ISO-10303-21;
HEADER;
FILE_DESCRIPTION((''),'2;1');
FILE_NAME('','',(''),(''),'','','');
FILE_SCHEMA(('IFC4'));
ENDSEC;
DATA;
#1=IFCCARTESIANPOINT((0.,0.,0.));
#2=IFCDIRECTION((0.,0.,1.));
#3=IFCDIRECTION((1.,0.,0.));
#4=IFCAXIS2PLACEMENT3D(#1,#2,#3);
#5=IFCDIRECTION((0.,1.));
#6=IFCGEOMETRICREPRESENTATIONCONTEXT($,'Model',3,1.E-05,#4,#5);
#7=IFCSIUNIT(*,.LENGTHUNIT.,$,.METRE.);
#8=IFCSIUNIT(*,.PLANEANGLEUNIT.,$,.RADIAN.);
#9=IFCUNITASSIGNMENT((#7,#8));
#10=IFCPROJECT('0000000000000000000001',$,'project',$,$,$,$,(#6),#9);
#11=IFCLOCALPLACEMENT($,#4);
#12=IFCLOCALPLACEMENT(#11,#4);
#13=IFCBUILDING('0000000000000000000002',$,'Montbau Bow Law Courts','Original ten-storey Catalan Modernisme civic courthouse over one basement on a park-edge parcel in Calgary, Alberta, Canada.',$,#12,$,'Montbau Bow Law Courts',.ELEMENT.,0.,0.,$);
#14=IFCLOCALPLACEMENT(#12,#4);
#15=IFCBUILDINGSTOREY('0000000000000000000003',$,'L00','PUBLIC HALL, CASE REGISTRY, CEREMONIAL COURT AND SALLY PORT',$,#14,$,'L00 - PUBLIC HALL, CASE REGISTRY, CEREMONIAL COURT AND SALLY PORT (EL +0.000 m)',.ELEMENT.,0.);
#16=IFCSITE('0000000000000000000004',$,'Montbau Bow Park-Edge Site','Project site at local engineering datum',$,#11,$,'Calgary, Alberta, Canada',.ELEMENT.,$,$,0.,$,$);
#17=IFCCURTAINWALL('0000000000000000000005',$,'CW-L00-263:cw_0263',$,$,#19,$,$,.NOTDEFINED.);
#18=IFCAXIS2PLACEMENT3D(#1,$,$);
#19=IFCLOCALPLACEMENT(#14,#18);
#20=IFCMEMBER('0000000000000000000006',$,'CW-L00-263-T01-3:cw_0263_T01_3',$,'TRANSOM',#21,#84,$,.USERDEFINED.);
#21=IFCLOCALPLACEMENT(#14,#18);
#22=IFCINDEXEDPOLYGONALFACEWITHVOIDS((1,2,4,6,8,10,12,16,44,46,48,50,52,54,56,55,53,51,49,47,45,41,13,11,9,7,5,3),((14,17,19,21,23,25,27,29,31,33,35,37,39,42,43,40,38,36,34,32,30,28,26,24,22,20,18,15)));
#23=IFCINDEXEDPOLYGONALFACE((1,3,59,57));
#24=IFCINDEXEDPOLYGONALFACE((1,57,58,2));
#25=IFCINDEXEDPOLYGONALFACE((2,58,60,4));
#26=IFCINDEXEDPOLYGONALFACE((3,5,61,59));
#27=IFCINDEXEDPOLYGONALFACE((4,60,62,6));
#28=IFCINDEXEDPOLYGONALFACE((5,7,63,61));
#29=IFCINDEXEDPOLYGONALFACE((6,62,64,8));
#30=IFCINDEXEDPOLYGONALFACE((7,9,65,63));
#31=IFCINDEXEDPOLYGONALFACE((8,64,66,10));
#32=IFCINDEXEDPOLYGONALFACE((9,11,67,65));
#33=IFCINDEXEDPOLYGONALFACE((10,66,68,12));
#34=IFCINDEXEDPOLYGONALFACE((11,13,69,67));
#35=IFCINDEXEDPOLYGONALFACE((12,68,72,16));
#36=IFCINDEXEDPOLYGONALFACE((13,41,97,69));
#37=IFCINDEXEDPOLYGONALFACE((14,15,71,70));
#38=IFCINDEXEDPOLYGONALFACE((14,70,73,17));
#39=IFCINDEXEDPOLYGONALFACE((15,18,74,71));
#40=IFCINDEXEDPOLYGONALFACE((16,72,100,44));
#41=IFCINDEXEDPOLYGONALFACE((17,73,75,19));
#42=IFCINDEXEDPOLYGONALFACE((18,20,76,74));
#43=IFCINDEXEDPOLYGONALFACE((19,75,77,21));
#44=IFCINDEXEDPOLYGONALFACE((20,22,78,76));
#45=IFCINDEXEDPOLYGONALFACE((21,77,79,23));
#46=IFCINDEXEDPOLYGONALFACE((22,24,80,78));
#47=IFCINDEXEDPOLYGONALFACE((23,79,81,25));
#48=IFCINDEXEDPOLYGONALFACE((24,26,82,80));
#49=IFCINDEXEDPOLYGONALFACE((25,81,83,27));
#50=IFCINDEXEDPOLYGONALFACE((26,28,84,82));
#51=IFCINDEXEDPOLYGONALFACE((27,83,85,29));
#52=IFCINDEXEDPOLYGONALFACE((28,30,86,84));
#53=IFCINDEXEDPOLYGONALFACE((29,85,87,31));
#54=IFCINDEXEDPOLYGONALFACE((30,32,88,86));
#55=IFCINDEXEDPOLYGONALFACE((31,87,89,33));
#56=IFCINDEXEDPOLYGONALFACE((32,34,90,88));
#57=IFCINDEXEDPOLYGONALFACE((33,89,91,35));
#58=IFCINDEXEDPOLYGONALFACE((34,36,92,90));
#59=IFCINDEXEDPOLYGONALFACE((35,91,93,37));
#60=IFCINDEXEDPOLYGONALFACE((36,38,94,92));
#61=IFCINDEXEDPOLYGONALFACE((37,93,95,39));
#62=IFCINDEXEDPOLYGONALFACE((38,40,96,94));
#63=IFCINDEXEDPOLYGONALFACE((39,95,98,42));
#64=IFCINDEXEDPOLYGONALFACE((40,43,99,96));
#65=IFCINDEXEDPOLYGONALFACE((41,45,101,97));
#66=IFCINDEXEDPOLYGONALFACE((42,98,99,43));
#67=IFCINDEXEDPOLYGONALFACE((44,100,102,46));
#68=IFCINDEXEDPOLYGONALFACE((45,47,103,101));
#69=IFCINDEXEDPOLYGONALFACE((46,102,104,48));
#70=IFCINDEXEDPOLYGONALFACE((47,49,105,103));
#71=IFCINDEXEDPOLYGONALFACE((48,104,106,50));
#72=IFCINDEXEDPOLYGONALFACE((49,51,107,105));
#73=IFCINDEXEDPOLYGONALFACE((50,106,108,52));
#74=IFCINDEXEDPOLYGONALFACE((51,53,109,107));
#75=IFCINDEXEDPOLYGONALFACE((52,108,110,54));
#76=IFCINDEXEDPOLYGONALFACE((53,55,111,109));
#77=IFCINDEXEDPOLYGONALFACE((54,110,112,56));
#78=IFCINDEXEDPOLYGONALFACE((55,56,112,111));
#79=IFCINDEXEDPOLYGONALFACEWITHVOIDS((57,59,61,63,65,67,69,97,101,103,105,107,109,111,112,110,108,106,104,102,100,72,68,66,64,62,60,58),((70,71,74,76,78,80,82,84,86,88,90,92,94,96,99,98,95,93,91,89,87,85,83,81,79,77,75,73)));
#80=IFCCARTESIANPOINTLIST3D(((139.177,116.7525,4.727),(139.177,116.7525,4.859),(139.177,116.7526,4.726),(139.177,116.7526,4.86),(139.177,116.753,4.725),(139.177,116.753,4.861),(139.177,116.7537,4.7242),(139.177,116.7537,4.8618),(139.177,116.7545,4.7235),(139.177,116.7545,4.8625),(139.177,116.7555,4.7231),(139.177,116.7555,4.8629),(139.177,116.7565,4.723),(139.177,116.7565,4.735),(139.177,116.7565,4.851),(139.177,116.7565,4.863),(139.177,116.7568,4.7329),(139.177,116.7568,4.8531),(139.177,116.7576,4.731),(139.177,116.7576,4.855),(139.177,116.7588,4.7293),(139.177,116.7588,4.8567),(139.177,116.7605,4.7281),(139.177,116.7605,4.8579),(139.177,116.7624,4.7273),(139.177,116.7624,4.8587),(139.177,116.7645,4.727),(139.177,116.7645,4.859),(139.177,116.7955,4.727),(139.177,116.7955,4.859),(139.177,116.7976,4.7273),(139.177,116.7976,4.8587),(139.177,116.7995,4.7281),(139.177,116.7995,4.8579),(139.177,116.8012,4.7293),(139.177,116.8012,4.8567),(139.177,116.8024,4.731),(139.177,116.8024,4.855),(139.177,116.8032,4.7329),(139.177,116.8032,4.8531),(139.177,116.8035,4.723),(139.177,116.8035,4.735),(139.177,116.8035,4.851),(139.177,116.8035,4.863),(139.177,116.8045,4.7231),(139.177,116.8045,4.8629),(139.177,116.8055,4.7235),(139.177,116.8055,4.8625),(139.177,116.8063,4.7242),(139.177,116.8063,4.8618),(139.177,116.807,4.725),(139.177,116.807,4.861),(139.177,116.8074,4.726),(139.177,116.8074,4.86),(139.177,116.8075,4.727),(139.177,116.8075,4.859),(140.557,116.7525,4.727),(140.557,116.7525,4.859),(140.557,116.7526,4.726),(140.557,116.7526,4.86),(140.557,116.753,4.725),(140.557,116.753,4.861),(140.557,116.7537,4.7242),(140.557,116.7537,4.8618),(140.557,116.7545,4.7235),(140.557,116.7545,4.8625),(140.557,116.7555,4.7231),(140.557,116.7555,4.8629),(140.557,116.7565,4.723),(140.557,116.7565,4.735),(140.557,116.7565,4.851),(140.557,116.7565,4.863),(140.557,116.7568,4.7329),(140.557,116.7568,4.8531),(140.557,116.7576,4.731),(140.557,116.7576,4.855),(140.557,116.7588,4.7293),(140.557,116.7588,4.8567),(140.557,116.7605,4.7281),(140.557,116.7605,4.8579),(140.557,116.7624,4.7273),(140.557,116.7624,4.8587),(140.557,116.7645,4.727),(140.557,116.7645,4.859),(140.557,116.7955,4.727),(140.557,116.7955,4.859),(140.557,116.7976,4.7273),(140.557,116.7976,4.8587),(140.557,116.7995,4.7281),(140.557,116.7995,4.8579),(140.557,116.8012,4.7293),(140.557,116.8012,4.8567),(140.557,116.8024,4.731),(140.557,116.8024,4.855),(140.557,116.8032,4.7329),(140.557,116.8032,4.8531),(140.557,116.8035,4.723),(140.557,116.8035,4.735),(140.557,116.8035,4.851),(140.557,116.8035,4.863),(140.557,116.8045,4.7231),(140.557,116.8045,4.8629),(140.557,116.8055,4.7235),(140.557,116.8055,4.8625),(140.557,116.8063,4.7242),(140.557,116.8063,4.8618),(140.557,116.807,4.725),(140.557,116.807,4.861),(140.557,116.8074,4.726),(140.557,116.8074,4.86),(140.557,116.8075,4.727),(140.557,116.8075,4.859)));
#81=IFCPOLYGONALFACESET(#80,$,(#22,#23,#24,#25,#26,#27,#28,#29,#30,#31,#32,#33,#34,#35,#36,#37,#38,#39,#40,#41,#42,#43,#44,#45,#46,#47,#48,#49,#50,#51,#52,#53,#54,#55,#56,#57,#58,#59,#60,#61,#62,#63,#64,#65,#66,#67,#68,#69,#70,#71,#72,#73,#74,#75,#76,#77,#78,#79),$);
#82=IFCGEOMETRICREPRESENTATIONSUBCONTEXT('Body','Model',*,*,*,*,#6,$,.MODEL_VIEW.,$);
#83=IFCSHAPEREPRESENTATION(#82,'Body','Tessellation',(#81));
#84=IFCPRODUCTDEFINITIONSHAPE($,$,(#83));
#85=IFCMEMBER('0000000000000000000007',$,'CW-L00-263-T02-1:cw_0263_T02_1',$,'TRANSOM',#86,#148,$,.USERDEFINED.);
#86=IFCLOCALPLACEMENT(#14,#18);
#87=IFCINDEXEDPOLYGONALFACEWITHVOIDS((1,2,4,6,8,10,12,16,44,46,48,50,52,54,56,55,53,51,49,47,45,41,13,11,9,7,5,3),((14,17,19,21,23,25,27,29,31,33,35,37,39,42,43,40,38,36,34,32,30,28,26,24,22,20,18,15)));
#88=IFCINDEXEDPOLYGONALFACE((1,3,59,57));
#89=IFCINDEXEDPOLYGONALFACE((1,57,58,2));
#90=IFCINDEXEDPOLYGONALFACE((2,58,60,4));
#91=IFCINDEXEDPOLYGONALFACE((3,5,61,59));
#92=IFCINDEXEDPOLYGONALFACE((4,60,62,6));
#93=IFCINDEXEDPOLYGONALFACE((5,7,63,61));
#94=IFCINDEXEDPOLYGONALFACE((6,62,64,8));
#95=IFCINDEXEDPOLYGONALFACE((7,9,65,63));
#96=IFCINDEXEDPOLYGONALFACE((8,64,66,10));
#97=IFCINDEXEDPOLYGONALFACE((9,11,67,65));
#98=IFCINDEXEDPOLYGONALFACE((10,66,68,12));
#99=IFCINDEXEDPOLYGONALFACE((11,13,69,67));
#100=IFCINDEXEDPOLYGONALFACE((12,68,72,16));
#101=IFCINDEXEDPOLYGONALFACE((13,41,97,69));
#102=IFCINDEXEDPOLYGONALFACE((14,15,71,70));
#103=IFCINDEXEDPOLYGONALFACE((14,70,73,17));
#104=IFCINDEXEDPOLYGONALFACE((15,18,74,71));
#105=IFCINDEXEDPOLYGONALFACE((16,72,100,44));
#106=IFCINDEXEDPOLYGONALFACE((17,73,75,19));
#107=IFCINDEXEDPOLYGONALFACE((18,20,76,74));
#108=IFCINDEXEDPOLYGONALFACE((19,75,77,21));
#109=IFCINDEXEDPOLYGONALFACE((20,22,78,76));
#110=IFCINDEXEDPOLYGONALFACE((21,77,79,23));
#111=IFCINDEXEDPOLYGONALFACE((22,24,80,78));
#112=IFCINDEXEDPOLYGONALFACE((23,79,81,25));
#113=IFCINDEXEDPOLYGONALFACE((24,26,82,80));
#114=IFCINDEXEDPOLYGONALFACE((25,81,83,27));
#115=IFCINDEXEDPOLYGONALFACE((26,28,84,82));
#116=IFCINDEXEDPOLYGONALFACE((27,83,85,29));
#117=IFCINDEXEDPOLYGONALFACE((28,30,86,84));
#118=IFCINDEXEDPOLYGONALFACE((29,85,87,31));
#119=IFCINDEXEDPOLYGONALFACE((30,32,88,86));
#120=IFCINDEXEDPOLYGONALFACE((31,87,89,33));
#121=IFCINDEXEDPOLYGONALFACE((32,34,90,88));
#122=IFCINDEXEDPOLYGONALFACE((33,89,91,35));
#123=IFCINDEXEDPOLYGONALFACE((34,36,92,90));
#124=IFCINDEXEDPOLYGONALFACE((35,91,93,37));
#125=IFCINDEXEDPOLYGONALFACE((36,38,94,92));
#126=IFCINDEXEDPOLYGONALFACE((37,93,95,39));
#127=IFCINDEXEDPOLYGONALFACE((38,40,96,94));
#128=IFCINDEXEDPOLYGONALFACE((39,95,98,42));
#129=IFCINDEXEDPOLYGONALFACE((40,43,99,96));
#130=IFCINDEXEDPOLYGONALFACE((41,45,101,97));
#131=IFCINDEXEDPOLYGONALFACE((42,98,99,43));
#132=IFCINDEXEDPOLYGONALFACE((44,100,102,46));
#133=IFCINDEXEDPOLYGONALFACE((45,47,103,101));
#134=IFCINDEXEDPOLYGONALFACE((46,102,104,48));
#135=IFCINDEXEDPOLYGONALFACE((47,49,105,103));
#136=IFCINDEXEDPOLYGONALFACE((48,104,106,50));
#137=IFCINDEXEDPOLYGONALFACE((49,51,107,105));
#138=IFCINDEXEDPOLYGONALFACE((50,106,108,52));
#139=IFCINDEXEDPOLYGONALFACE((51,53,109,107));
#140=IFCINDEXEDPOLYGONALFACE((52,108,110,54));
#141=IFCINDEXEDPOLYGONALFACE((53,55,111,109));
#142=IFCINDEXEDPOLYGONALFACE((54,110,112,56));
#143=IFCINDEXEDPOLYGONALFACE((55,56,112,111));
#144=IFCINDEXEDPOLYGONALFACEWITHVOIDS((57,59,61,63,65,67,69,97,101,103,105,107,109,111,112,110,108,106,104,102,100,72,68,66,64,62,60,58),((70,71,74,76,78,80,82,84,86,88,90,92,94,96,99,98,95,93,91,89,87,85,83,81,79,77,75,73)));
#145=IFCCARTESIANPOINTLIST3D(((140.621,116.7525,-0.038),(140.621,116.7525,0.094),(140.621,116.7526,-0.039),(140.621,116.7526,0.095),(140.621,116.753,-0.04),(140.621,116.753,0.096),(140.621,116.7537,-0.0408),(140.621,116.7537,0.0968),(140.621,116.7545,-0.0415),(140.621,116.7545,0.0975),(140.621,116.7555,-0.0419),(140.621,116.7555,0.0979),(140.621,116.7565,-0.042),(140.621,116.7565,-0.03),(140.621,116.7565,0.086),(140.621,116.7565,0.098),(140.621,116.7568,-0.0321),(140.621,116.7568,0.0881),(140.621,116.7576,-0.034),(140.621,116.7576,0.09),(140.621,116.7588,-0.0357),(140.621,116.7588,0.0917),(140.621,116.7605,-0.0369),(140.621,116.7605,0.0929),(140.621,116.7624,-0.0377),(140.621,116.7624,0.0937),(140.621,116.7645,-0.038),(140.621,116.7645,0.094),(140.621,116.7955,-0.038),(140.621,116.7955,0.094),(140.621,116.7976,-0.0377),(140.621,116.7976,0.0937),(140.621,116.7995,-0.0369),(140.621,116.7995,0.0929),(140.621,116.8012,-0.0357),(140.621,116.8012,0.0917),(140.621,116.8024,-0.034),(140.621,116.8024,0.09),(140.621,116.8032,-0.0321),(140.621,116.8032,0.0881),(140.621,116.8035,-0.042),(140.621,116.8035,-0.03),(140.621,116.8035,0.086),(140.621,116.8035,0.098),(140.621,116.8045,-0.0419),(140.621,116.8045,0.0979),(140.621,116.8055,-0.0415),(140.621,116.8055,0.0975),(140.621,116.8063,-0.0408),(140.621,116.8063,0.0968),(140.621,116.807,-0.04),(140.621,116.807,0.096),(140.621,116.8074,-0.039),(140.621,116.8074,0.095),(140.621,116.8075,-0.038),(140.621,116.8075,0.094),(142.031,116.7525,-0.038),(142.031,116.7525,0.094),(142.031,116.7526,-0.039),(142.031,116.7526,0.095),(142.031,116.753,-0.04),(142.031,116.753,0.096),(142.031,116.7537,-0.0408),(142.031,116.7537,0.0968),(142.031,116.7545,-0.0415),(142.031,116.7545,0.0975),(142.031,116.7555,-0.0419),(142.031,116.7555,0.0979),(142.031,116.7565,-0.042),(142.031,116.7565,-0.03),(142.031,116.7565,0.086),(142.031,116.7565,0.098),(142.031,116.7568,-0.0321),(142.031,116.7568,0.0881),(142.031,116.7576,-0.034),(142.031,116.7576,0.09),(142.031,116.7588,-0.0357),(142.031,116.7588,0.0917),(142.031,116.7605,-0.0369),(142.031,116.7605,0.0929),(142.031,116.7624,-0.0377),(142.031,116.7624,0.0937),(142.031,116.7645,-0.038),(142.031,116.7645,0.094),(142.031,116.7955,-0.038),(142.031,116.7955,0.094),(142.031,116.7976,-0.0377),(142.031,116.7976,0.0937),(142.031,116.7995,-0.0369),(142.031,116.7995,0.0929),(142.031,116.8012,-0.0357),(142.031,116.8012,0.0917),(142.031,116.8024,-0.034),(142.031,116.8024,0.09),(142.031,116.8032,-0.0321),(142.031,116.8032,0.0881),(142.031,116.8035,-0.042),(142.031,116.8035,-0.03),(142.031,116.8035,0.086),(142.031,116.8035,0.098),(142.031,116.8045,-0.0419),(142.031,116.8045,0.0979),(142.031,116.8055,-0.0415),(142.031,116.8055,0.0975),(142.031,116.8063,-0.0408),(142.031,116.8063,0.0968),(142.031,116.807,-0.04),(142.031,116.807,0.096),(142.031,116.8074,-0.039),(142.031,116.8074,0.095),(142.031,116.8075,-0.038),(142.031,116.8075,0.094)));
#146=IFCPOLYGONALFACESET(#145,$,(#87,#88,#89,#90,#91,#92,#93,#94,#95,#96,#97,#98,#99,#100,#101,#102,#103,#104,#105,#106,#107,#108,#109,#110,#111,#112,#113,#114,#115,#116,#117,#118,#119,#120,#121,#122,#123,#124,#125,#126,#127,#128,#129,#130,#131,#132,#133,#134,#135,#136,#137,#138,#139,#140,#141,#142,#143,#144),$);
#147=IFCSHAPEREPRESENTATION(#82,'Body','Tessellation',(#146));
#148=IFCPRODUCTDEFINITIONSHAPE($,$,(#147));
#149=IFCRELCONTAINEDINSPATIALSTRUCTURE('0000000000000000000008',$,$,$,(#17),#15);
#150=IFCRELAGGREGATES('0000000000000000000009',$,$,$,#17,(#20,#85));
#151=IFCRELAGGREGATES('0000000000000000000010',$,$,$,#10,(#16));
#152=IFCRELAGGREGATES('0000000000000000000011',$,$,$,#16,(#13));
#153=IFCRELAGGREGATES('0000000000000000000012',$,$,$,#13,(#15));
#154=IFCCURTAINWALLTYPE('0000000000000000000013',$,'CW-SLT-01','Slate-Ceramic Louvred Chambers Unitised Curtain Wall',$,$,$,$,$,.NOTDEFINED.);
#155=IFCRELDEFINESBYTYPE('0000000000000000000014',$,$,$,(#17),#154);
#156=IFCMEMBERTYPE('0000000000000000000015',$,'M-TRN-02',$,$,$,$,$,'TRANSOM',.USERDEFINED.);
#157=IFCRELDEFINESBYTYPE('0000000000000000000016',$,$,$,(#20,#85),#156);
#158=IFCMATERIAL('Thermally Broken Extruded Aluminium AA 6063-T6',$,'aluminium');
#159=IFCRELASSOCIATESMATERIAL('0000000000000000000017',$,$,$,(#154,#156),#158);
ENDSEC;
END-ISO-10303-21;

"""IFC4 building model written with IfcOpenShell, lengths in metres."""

from ifc_helpers import new_model, si_unit, direction, frame, origin_with_axes, origin_2d_with_axis, place, context, subcontext, project, spatial, hollow_rectangle, extrude, material, material_profile, profile_set, type_object, element, aggregate, save


model = new_model("IFC4")

# Units and contexts
model_context = context("Model", 3, precision=1e-05, world=origin_with_axes(), true_north=direction((0.0, 1.0)))
body_context = subcontext(model_context, "Body", "Model", "MODEL_VIEW")
ifc_project = project(units=[si_unit("LENGTHUNIT", "METRE"), si_unit("PLANEANGLEUNIT", "RADIAN")], contexts=[model_context])

# Site, building, storey
site_placement = place(None, origin_with_axes())
site = spatial("IfcSite", under=ifc_project, at=site_placement, Name="Montbau Bow Park-Edge Site", Description="Project site at local engineering datum", LongName="Calgary, Alberta, Canada", CompositionType="ELEMENT", RefElevation=0.0)
building_placement = place(site_placement, origin_with_axes())
building = spatial("IfcBuilding", under=site, at=building_placement, Name="Montbau Bow Law Courts", Description="Original ten-storey Catalan Modernisme civic courthouse over one basement on a park-edge parcel in Calgary, Alberta, Canada.", LongName="Montbau Bow Law Courts", CompositionType="ELEMENT", ElevationOfRefHeight=0.0, ElevationOfTerrain=0.0)
storey_placement = place(building_placement, origin_with_axes())
storey = spatial("IfcBuildingStorey", under=building, at=storey_placement, Name="L00", Description="PUBLIC HALL, CASE REGISTRY, CEREMONIAL COURT AND SALLY PORT", LongName="L00 - PUBLIC HALL, CASE REGISTRY, CEREMONIAL COURT AND SALLY PORT (EL +0.000 m)", CompositionType="ELEMENT", Elevation=0.0)

# Shared definitions
ifc_material_1 = material(Name="Thermally Broken Extruded Aluminium AA 6063-T6", Category="aluminium")
curtain_wall_type = type_object("IfcCurtainWallType", Name="CW-SLT-01", Description="Slate-Ceramic Louvred Chambers Unitised Curtain Wall", PredefinedType="NOTDEFINED", material=ifc_material_1)

# Curtain wall, members
curtain_wall_1_placement = place(None, frame((139.115, 116.78, 0.0), z_axis=(0.0, 0.0, 1.0), x_axis=(1.0, 0.0, 0.0)))
curtain_wall_1 = element("IfcCurtainWall", 1, at=curtain_wall_1_placement, inside=storey, type_object=curtain_wall_type, Name="CW-L00-263:cw_0263", PredefinedType="NOTDEFINED")
ifc_material_profile_1 = material_profile(ifc_material_1, hollow_rectangle(XDim=0.055, YDim=0.14, WallThickness=0.004, InnerFilletRadius=0.008, OuterFilletRadius=0.004, at=origin_2d_with_axis()), Name="CWT-140X55", Category="Main", Priority=0)
ifc_profile_set_1 = profile_set([ifc_material_profile_1], Name="Thermally Broken Extruded Aluminium AA 6063-T6")
member_type_1 = type_object("IfcMemberType", Name="M-TRN-02", ElementType="TRANSOM", PredefinedType="USERDEFINED", material=ifc_profile_set_1)
member_1_placement = place(None, frame((139.177, 116.78, 4.793), z_axis=(1.0, 0.0, 0.0), x_axis=(0.0, 1.0, 0.0)))
member_1 = element("IfcMember", 2, at=member_1_placement, type_object=member_type_1, Name="CW-L00-263-T01-3:cw_0263_T01_3", ObjectType="TRANSOM", PredefinedType="USERDEFINED", context=body_context, shape_type="SweptSolid", body=[
    extrude(hollow_rectangle(XDim=0.055, YDim=0.14, WallThickness=0.004, InnerFilletRadius=0.008, OuterFilletRadius=0.004, at=origin_2d_with_axis()), origin_with_axes(), (0.0, 0.0, 1.0), 1.38),
])
member_2_placement = place(None, frame((140.621, 116.78, 0.028), z_axis=(1.0, 0.0, 0.0), x_axis=(0.0, 1.0, 0.0)))
member_2 = element("IfcMember", 3, at=member_2_placement, type_object=member_type_1, Name="CW-L00-263-T02-1:cw_0263_T02_1", ObjectType="TRANSOM", PredefinedType="USERDEFINED", context=body_context, shape_type="SweptSolid", body=[
    extrude(hollow_rectangle(XDim=0.055, YDim=0.14, WallThickness=0.004, InnerFilletRadius=0.008, OuterFilletRadius=0.004, at=origin_2d_with_axis()), origin_with_axes(), (0.0, 0.0, 1.0), 1.41),
])
aggregate(curtain_wall_1, [member_1, member_2])

save(model, "model.ifc")
